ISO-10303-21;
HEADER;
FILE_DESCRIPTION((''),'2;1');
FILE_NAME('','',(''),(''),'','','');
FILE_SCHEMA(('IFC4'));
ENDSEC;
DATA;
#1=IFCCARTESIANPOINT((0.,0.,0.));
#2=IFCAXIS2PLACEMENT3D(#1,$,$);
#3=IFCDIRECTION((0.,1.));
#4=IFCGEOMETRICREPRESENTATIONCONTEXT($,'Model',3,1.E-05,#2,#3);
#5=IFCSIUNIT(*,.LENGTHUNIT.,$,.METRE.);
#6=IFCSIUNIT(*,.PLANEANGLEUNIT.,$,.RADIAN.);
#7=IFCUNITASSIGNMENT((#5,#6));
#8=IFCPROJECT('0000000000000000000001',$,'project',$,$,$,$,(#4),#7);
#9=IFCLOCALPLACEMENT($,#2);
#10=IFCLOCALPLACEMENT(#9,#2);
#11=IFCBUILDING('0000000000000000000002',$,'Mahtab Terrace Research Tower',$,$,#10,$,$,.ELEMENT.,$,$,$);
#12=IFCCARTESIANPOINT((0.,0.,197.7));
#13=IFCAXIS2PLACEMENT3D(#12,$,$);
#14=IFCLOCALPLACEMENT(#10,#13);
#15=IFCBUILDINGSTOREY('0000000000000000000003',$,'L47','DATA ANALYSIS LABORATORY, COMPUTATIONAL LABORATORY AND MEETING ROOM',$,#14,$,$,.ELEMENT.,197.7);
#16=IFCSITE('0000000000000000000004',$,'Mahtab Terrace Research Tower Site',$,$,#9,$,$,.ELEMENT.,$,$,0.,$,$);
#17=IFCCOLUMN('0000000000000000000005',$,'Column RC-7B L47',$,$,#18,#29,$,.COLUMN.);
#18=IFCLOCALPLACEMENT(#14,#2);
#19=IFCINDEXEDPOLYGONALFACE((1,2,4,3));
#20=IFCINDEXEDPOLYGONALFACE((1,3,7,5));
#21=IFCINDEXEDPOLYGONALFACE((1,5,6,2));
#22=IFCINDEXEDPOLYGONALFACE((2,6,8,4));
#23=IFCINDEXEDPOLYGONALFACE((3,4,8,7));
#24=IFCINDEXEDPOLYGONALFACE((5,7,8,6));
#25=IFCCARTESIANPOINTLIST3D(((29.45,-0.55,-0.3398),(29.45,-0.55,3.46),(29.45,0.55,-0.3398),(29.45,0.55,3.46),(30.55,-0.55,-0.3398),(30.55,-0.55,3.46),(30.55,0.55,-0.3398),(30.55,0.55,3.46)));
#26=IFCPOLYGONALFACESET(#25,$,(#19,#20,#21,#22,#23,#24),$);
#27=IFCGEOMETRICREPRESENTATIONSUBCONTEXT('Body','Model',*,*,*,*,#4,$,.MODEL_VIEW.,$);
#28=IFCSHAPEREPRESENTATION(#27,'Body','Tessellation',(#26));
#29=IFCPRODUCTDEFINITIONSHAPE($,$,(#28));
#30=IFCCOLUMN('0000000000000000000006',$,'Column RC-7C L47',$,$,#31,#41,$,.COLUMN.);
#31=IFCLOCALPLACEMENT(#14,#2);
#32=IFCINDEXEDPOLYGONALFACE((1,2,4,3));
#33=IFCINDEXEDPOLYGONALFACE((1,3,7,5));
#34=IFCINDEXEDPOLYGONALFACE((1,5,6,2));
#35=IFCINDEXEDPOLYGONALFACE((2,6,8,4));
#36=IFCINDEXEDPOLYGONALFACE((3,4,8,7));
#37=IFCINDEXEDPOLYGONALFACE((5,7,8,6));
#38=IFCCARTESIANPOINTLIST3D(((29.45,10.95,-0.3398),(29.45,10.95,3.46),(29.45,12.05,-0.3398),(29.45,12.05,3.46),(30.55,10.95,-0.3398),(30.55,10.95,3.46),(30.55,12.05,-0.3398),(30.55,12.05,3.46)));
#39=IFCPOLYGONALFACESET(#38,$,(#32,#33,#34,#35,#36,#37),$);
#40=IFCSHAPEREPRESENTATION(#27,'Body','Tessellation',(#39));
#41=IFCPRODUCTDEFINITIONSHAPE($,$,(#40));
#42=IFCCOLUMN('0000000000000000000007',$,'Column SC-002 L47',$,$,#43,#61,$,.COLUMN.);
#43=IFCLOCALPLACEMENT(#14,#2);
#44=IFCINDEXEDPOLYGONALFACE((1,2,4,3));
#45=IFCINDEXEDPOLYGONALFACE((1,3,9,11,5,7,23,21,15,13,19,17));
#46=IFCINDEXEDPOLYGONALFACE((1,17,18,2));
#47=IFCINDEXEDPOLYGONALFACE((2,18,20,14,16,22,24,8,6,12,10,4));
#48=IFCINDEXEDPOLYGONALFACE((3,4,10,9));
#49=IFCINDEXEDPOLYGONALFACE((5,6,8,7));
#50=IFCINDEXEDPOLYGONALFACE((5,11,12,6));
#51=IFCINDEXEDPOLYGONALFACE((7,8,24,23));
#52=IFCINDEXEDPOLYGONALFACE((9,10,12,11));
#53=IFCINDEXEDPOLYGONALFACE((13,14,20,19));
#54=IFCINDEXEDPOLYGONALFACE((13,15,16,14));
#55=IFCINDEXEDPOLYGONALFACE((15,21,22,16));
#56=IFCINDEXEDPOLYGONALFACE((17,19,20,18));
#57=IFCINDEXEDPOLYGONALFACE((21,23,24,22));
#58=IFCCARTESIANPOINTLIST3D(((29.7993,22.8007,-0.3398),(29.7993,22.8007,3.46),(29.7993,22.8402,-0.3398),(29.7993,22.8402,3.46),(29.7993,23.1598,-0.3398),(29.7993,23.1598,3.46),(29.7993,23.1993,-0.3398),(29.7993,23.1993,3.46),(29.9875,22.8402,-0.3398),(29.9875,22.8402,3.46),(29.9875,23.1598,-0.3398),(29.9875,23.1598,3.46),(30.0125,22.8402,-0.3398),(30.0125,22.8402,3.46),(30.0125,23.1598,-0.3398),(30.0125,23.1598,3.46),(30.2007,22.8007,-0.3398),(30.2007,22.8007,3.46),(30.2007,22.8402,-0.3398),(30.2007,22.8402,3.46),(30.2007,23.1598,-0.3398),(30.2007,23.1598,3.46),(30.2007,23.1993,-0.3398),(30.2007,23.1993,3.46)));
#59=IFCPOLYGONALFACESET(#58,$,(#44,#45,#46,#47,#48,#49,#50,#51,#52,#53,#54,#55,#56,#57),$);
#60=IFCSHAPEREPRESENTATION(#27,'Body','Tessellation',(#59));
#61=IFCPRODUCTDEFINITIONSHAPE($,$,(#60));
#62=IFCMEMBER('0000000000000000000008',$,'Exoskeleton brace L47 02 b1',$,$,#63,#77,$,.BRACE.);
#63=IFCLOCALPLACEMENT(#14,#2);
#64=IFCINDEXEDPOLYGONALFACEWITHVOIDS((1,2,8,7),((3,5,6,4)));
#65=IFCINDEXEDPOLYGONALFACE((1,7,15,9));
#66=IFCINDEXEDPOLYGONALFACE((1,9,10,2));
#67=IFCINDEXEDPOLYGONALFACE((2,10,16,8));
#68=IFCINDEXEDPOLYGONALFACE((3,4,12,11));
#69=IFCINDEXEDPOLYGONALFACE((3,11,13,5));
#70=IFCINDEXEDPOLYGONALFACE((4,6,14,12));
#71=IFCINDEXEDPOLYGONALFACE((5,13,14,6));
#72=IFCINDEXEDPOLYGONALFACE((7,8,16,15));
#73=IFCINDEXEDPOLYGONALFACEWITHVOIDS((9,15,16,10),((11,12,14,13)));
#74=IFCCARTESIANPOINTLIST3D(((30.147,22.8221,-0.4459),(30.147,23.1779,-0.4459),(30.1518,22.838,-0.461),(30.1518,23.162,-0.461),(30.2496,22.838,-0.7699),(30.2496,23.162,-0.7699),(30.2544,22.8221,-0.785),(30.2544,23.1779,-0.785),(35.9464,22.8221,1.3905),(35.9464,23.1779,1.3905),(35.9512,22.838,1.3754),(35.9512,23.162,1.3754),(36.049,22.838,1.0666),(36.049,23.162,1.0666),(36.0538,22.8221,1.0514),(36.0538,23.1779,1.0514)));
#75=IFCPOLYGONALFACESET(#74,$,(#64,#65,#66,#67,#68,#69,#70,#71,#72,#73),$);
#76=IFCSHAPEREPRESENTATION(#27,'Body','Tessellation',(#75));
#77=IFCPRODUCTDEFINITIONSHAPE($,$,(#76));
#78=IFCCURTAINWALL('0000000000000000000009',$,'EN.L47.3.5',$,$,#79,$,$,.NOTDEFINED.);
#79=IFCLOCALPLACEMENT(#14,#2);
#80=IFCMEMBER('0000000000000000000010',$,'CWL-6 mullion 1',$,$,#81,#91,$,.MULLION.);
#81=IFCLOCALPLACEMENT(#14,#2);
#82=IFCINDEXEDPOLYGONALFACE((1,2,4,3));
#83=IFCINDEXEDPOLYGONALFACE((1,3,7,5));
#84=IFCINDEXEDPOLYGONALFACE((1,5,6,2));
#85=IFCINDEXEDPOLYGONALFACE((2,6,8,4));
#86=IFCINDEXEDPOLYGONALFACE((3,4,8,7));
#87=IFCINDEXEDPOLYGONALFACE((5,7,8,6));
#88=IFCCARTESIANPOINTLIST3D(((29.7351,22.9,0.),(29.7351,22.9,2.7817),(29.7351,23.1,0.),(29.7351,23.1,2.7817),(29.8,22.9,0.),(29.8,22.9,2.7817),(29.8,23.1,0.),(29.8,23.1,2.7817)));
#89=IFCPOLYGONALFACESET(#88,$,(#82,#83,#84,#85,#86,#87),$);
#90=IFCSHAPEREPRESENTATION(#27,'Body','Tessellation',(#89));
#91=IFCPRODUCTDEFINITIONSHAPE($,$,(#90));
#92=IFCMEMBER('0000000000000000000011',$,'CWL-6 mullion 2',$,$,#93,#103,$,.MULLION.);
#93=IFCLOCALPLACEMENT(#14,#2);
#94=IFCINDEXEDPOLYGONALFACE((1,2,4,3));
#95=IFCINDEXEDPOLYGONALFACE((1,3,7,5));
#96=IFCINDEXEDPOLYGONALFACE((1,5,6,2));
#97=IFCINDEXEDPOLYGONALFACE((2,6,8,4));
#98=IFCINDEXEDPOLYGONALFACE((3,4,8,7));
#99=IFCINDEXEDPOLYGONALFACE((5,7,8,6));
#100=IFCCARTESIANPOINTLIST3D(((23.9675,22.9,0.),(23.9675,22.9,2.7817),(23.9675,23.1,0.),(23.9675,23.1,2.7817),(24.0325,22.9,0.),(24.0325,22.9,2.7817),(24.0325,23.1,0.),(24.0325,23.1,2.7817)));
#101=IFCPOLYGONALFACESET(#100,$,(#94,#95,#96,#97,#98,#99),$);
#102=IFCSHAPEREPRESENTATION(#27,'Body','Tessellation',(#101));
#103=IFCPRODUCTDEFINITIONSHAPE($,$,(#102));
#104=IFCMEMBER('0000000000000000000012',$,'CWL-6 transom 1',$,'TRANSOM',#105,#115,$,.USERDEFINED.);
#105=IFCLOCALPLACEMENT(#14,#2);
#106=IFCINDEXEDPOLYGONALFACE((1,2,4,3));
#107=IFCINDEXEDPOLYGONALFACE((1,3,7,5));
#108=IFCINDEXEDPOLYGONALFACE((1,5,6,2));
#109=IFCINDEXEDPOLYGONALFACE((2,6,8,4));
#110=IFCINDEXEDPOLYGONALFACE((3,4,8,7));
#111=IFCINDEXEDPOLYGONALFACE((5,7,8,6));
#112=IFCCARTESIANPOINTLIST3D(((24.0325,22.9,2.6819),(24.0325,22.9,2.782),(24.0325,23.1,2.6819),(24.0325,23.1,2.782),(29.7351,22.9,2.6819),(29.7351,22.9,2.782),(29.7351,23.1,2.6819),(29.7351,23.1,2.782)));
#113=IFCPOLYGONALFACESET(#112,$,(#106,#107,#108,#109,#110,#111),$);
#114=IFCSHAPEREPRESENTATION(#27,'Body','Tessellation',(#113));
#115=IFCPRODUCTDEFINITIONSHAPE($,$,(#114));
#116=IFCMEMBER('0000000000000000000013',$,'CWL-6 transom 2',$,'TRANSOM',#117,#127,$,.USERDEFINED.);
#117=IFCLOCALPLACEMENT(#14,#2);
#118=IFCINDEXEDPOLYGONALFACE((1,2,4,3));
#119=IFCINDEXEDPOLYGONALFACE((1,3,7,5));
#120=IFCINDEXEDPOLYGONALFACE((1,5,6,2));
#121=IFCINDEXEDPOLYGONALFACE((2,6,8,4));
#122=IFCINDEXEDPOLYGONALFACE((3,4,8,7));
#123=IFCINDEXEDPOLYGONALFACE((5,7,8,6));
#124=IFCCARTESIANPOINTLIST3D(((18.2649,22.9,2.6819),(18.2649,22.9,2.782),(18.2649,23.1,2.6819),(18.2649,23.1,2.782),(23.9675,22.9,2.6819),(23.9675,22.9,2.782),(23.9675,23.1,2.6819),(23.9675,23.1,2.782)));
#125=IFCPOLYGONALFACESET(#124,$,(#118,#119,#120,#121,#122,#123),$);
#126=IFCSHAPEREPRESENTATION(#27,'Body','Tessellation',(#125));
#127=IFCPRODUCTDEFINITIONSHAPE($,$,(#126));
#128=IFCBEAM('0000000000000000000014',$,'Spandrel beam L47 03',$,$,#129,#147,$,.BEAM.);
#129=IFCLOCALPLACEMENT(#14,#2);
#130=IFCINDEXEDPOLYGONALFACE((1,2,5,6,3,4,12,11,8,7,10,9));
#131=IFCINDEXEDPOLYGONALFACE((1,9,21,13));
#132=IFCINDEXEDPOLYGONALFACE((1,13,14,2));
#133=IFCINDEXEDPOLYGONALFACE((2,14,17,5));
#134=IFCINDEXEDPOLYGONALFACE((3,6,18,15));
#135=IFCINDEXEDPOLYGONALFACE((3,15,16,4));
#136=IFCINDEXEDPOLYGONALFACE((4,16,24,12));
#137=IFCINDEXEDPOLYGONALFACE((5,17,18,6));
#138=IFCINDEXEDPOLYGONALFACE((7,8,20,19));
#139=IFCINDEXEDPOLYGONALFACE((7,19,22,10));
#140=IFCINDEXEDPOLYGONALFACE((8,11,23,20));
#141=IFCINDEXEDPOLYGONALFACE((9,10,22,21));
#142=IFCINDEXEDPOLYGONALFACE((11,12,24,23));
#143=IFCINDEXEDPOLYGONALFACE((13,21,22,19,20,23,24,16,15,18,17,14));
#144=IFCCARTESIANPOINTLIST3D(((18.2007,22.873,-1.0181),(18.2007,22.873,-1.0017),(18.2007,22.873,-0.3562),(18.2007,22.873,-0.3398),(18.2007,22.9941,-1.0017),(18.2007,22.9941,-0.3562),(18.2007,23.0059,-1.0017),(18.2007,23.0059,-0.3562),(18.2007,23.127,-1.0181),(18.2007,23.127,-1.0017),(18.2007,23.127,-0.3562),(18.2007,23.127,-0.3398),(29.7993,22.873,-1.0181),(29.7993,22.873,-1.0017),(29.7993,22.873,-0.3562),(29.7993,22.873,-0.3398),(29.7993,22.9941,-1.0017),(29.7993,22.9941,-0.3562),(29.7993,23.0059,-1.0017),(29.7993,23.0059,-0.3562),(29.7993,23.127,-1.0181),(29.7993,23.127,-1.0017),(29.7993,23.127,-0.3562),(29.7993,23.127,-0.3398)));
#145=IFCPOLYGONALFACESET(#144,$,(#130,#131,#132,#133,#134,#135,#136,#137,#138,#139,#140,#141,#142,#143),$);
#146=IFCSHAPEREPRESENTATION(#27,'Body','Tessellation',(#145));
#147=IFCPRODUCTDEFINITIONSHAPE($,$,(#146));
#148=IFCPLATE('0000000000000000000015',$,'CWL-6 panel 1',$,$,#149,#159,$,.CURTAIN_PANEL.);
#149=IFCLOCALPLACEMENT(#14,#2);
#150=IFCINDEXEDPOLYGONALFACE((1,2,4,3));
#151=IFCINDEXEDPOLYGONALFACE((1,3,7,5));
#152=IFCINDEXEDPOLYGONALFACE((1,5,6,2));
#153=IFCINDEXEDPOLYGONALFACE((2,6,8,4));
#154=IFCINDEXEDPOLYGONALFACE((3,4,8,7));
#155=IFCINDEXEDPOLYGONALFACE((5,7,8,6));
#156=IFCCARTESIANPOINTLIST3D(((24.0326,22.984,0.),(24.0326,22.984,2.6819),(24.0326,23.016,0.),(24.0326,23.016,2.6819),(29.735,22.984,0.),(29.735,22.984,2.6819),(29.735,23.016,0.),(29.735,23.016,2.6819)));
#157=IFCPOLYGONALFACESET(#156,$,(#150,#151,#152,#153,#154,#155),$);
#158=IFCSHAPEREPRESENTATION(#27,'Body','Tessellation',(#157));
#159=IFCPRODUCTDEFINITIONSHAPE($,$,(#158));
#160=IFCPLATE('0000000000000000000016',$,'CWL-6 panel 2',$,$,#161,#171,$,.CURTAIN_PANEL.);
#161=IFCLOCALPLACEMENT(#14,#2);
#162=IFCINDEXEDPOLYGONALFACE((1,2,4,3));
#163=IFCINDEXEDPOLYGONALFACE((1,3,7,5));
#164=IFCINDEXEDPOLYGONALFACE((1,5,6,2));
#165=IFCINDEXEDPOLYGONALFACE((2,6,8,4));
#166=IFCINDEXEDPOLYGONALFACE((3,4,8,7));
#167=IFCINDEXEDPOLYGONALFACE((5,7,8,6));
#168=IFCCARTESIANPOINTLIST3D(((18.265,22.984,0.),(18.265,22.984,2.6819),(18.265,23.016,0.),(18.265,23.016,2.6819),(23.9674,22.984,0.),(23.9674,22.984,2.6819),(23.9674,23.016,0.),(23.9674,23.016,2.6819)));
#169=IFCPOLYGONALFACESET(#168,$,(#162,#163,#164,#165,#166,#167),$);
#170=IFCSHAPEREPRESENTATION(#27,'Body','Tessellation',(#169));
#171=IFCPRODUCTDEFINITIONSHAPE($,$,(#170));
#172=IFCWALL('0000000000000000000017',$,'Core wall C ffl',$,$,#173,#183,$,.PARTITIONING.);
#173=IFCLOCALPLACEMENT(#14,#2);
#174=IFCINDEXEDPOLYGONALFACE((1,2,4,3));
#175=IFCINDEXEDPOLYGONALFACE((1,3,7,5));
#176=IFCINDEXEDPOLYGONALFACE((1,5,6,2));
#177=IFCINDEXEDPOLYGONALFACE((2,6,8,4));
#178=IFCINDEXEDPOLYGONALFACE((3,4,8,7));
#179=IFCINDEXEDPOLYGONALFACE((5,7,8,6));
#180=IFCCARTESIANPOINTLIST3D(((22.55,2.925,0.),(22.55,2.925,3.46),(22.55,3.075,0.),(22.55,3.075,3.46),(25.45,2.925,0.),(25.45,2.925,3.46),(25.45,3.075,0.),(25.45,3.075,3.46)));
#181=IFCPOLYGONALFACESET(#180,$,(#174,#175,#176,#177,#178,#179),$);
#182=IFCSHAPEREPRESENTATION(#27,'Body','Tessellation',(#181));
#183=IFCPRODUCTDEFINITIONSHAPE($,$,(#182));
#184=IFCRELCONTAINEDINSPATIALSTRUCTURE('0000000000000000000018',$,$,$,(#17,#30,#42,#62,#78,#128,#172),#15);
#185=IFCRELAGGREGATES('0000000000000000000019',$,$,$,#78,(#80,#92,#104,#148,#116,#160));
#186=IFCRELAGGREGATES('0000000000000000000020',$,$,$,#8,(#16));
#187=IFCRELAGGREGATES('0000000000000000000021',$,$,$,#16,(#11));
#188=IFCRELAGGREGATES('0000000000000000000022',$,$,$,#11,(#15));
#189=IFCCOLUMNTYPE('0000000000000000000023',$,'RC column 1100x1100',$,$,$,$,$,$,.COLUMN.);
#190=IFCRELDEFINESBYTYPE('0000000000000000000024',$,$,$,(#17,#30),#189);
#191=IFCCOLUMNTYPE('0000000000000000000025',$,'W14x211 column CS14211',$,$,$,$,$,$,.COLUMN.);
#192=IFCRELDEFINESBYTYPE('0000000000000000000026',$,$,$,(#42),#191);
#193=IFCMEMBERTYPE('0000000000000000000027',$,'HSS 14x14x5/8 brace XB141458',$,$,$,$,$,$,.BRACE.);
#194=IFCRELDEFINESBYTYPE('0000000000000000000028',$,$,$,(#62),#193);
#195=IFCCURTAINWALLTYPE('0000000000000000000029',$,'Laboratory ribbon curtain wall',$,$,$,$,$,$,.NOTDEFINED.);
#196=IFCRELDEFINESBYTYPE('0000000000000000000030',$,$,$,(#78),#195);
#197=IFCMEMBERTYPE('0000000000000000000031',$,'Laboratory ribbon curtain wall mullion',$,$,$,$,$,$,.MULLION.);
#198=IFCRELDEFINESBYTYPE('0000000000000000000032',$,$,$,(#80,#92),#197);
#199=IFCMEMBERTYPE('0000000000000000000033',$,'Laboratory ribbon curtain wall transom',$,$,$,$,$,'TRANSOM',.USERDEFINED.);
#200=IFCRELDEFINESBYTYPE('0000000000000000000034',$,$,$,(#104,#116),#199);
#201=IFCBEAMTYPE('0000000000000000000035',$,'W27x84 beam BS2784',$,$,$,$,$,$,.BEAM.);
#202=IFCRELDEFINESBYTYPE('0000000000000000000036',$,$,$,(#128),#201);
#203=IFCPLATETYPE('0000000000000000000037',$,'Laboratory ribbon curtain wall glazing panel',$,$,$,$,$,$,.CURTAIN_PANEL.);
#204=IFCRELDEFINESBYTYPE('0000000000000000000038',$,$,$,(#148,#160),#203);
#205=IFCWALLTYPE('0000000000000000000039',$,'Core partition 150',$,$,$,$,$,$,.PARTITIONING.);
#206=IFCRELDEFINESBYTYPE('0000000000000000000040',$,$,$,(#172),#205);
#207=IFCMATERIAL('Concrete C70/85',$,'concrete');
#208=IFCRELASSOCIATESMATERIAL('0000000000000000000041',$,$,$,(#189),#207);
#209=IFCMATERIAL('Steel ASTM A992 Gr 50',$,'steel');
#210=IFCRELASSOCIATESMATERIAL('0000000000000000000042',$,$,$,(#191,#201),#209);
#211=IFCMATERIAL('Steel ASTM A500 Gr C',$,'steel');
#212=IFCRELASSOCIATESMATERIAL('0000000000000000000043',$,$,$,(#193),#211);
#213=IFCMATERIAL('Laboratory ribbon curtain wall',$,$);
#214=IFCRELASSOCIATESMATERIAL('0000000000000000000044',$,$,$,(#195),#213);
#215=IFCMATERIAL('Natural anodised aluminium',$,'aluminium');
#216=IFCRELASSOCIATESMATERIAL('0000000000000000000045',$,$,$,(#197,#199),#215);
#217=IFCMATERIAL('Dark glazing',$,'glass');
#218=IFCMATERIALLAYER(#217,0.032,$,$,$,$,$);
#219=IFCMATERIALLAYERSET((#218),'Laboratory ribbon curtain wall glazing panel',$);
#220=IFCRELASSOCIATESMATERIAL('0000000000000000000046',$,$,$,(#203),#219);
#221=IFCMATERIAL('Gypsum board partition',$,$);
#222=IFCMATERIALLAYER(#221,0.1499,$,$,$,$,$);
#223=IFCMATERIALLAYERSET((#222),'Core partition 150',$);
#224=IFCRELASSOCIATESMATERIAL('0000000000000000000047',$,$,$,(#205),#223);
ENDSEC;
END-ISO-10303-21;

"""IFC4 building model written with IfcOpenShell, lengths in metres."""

from ifc_helpers import new_model, si_unit, direction, frame, frame_2d, origin, origin_2d, place, context, subcontext, project, spatial, rectangle, hollow_rectangle, i_section, extrude, material, layer, layer_set, material_profile, profile_set, type_object, element, aggregate, save


model = new_model("IFC4")

# Units and contexts
model_context = context("Model", 3, precision=1e-05, world=origin(), true_north=direction((0.0, 1.0)))
body_context = subcontext(model_context, "Body", "Model", "MODEL_VIEW")
ifc_project = project(units=[si_unit("LENGTHUNIT", "METRE"), si_unit("PLANEANGLEUNIT", "RADIAN")], contexts=[model_context])

# Site, building, storey
site_placement = place(None, origin())
site = spatial("IfcSite", under=ifc_project, at=site_placement, Name="Mahtab Terrace Research Tower Site", CompositionType="ELEMENT", RefElevation=0.0)
building_placement = place(site_placement, origin())
building = spatial("IfcBuilding", under=site, at=building_placement, Name="Mahtab Terrace Research Tower", CompositionType="ELEMENT")
storey_placement = place(building_placement, frame((0.0, 0.0, 197.7)))
storey = spatial("IfcBuildingStorey", under=building, at=storey_placement, Name="L47", Description="DATA ANALYSIS LABORATORY, COMPUTATIONAL LABORATORY AND MEETING ROOM", CompositionType="ELEMENT", Elevation=197.7)

# Columns
ifc_material_1 = material(Name="Concrete C70/85", Category="concrete")
ifc_material_profile_1 = material_profile(ifc_material_1, rectangle(XDim=1.1001, YDim=1.1001, at=origin_2d()), Name="RC column 1100x1100")
ifc_profile_set_1 = profile_set([ifc_material_profile_1], Name="Concrete C70/85")
column_type_1 = type_object("IfcColumnType", Name="RC column 1100x1100", PredefinedType="COLUMN", material=ifc_profile_set_1)
for number, where, z_axis, x_axis, name in (
    (1, (30.0, 0.0, -0.3398), (0.0, 0.0, 1.0), (1.0, 0.0, 0.0), "Column RC-7B L47"),
    (2, (30.0, 11.5, -0.3398), (0.0, 0.0, 1.0), (1.0, 0.0, 0.0), "Column RC-7C L47"),
):
    element("IfcColumn", number, at=place(storey_placement, frame(where, z_axis=z_axis, x_axis=x_axis)), inside=storey, type_object=column_type_1, Name=name, PredefinedType="COLUMN", context=body_context, shape_type="SweptSolid", body=[
        extrude(rectangle(XDim=1.1001, YDim=1.1001, at=origin_2d()), origin(), (0.0, 0.0, 1.0), 3.7998),
    ])
ifc_material_2 = material(Name="Steel ASTM A992 Gr 50", Category="steel")
ifc_material_profile_2 = material_profile(ifc_material_2, i_section(OverallWidth=0.4014, OverallDepth=0.3987, WebThickness=0.0249, FlangeThickness=0.0396, at=origin_2d()), Name="W14X211")
ifc_profile_set_2 = profile_set([ifc_material_profile_2], Name="Steel ASTM A992 Gr 50")
column_type_2 = type_object("IfcColumnType", Name="W14x211 column CS14211", PredefinedType="COLUMN", material=ifc_profile_set_2)
column_placement = place(storey_placement, frame((30.0, 23.0, -0.3398), z_axis=(0.0, 0.0, 1.0), x_axis=(1.0, 0.0, 0.0)))
element("IfcColumn", 3, at=column_placement, inside=storey, type_object=column_type_2, Name="Column SC-002 L47", PredefinedType="COLUMN", context=body_context, shape_type="SweptSolid", body=[
    extrude(i_section(OverallWidth=0.4014, OverallDepth=0.3987, WebThickness=0.0249, FlangeThickness=0.0396, at=origin_2d()), origin(), (0.0, 0.0, 1.0), 3.7998),
])

# Member
ifc_material_3 = material(Name="Steel ASTM A500 Gr C", Category="steel")
ifc_material_profile_3 = material_profile(ifc_material_3, hollow_rectangle(XDim=0.3557, YDim=0.3557, WallThickness=0.0159, at=origin_2d()), Name="HSS14X14X5/8")
ifc_profile_set_3 = profile_set([ifc_material_profile_3], Name="Steel ASTM A500 Gr C")
member_type_1 = type_object("IfcMemberType", Name="HSS 14x14x5/8 brace XB141458", PredefinedType="BRACE", material=ifc_profile_set_3)
member_1_placement = place(storey_placement, frame((30.2007, 23.0, -0.6155), z_axis=(0.953343, 0.0, 0.301888), x_axis=(0.0, 1.0, 0.0)))
element("IfcMember", 4, at=member_1_placement, inside=storey, type_object=member_type_1, Name="Exoskeleton brace L47 02 b1", PredefinedType="BRACE", context=body_context, shape_type="SweptSolid", body=[
    extrude(hollow_rectangle(XDim=0.3557, YDim=0.3557, WallThickness=0.0159, at=origin_2d()), origin(), (0.0, 0.0, 1.0), 6.0833),
])

# Curtain wall, members
ifc_material_4 = material(Name="Laboratory ribbon curtain wall")
curtain_wall_type = type_object("IfcCurtainWallType", Name="Laboratory ribbon curtain wall", PredefinedType="NOTDEFINED", material=ifc_material_4)
curtain_wall_placement = place(storey_placement, origin())
curtain_wall = element("IfcCurtainWall", 5, at=curtain_wall_placement, inside=storey, type_object=curtain_wall_type, Name="EN.L47.3.5", PredefinedType="NOTDEFINED")
ifc_material_5 = material(Name="Natural anodised aluminium", Category="aluminium")
ifc_material_profile_4 = material_profile(ifc_material_5, rectangle(XDim=0.2, YDim=0.0649, at=origin_2d()), Name="MULLION 65x200")
ifc_profile_set_4 = profile_set([ifc_material_profile_4], Name="Natural anodised aluminium")
member_type_2 = type_object("IfcMemberType", Name="Laboratory ribbon curtain wall mullion", PredefinedType="MULLION", material=ifc_profile_set_4)
member_2_placement = place(storey_placement, frame((29.7676, 23.0, 0.0), z_axis=(0.0, 0.0, 1.0), x_axis=(0.0, -1.0, 0.0)))
member_2 = element("IfcMember", 6, at=member_2_placement, type_object=member_type_2, Name="CWL-6 mullion 1", PredefinedType="MULLION", context=body_context, shape_type="SweptSolid", body=[
    extrude(rectangle(XDim=0.2, YDim=0.0649, at=origin_2d()), origin(), (0.0, 0.0, 1.0), 2.7817),
])
member_3_placement = place(storey_placement, frame((24.0, 23.0, 0.0), z_axis=(0.0, 0.0, 1.0), x_axis=(0.0, -1.0, 0.0)))
member_3 = element("IfcMember", 7, at=member_3_placement, type_object=member_type_2, Name="CWL-6 mullion 2", PredefinedType="MULLION", context=body_context, shape_type="SweptSolid", body=[
    extrude(rectangle(XDim=0.2, YDim=0.0649, at=origin_2d()), origin(), (0.0, 0.0, 1.0), 2.7817),
])
ifc_material_profile_5 = material_profile(ifc_material_5, rectangle(XDim=0.2, YDim=0.1001, at=origin_2d()), Name="TRANSOM 100x200")
ifc_profile_set_5 = profile_set([ifc_material_profile_5], Name="Natural anodised aluminium")
member_type_3 = type_object("IfcMemberType", Name="Laboratory ribbon curtain wall transom", ElementType="TRANSOM", PredefinedType="USERDEFINED", material=ifc_profile_set_5)
member_4_placement = place(storey_placement, frame((29.7351, 23.0, 2.7319), z_axis=(-1.0, 0.0, 0.0), x_axis=(0.0, -1.0, 0.0)))
member_4 = element("IfcMember", 8, at=member_4_placement, type_object=member_type_3, Name="CWL-6 transom 1", ObjectType="TRANSOM", PredefinedType="USERDEFINED", context=body_context, shape_type="SweptSolid", body=[
    extrude(rectangle(XDim=0.2, YDim=0.1001, at=origin_2d()), origin(), (0.0, 0.0, 1.0), 5.7026),
])
member_5_placement = place(storey_placement, frame((23.9675, 23.0, 2.7319), z_axis=(-1.0, 0.0, 0.0), x_axis=(0.0, -1.0, 0.0)))
member_5 = element("IfcMember", 9, at=member_5_placement, type_object=member_type_3, Name="CWL-6 transom 2", ObjectType="TRANSOM", PredefinedType="USERDEFINED", context=body_context, shape_type="SweptSolid", body=[
    extrude(rectangle(XDim=0.2, YDim=0.1001, at=origin_2d()), origin(), (0.0, 0.0, 1.0), 5.7026),
])

# Beam
ifc_material_profile_6 = material_profile(ifc_material_2, i_section(OverallWidth=0.2539, OverallDepth=0.6782, WebThickness=0.0117, FlangeThickness=0.0164, at=origin_2d()), Name="W27X84")
ifc_profile_set_6 = profile_set([ifc_material_profile_6], Name="Steel ASTM A992 Gr 50")
beam_type = type_object("IfcBeamType", Name="W27x84 beam BS2784", PredefinedType="BEAM", material=ifc_profile_set_6)
beam_placement = place(storey_placement, frame((29.7993, 23.0, -0.679), z_axis=(-1.0, 0.0, 0.0), x_axis=(0.0, -1.0, 0.0)))
element("IfcBeam", 10, at=beam_placement, inside=storey, type_object=beam_type, Name="Spandrel beam L47 03", PredefinedType="BEAM", context=body_context, shape_type="SweptSolid", body=[
    extrude(i_section(OverallWidth=0.2539, OverallDepth=0.6782, WebThickness=0.0117, FlangeThickness=0.0164, at=origin_2d()), origin(), (0.0, 0.0, 1.0), 11.5986),
])

# Plates
ifc_material_6 = material(Name="Dark glazing", Category="glass")
ifc_layer_1 = layer(ifc_material_6, 0.032)
ifc_layer_set_1 = layer_set([ifc_layer_1], Name="Laboratory ribbon curtain wall glazing panel")
plate_type = type_object("IfcPlateType", Name="Laboratory ribbon curtain wall glazing panel", PredefinedType="CURTAIN_PANEL", material=ifc_layer_set_1)
plate_1_placement = place(storey_placement, frame((26.8838, 23.0, 0.0), z_axis=(0.0, 0.0, 1.0), x_axis=(-1.0, 0.0, 0.0)))
plate_1 = element("IfcPlate", 11, at=plate_1_placement, type_object=plate_type, Name="CWL-6 panel 1", PredefinedType="CURTAIN_PANEL", context=body_context, shape_type="SweptSolid", body=[
    extrude(rectangle(XDim=5.7024, YDim=0.032, at=origin_2d()), origin(), (0.0, 0.0, 1.0), 2.6819),
])
plate_2_placement = place(storey_placement, frame((21.1162, 23.0, 0.0), z_axis=(0.0, 0.0, 1.0), x_axis=(-1.0, 0.0, 0.0)))
plate_2 = element("IfcPlate", 12, at=plate_2_placement, type_object=plate_type, Name="CWL-6 panel 2", PredefinedType="CURTAIN_PANEL", context=body_context, shape_type="SweptSolid", body=[
    extrude(rectangle(XDim=5.7024, YDim=0.032, at=origin_2d()), origin(), (0.0, 0.0, 1.0), 2.6819),
])
aggregate(curtain_wall, [member_2, member_3, member_4, plate_1, member_5, plate_2])

# Wall
ifc_material_7 = material(Name="Gypsum board partition")
ifc_layer_2 = layer(ifc_material_7, 0.1499)
ifc_layer_set_2 = layer_set([ifc_layer_2], Name="Core partition 150")
wall_type_1 = type_object("IfcWallType", Name="Core partition 150", PredefinedType="PARTITIONING", material=ifc_layer_set_2)
wall_1_placement = place(storey_placement, frame((22.55, 3.0, 0.0), z_axis=(0.0, 0.0, 1.0), x_axis=(1.0, 0.0, 0.0)))
element("IfcWall", 13, at=wall_1_placement, inside=storey, type_object=wall_type_1, Name="Core wall C ffl", PredefinedType="PARTITIONING", context=body_context, shape_type="SweptSolid", body=[
    extrude(rectangle(XDim=2.8999, YDim=0.1499, at=frame_2d((1.45, 0.0))), origin(), (0.0, 0.0, 1.0), 3.46),
])

save(model, "model.ifc")
